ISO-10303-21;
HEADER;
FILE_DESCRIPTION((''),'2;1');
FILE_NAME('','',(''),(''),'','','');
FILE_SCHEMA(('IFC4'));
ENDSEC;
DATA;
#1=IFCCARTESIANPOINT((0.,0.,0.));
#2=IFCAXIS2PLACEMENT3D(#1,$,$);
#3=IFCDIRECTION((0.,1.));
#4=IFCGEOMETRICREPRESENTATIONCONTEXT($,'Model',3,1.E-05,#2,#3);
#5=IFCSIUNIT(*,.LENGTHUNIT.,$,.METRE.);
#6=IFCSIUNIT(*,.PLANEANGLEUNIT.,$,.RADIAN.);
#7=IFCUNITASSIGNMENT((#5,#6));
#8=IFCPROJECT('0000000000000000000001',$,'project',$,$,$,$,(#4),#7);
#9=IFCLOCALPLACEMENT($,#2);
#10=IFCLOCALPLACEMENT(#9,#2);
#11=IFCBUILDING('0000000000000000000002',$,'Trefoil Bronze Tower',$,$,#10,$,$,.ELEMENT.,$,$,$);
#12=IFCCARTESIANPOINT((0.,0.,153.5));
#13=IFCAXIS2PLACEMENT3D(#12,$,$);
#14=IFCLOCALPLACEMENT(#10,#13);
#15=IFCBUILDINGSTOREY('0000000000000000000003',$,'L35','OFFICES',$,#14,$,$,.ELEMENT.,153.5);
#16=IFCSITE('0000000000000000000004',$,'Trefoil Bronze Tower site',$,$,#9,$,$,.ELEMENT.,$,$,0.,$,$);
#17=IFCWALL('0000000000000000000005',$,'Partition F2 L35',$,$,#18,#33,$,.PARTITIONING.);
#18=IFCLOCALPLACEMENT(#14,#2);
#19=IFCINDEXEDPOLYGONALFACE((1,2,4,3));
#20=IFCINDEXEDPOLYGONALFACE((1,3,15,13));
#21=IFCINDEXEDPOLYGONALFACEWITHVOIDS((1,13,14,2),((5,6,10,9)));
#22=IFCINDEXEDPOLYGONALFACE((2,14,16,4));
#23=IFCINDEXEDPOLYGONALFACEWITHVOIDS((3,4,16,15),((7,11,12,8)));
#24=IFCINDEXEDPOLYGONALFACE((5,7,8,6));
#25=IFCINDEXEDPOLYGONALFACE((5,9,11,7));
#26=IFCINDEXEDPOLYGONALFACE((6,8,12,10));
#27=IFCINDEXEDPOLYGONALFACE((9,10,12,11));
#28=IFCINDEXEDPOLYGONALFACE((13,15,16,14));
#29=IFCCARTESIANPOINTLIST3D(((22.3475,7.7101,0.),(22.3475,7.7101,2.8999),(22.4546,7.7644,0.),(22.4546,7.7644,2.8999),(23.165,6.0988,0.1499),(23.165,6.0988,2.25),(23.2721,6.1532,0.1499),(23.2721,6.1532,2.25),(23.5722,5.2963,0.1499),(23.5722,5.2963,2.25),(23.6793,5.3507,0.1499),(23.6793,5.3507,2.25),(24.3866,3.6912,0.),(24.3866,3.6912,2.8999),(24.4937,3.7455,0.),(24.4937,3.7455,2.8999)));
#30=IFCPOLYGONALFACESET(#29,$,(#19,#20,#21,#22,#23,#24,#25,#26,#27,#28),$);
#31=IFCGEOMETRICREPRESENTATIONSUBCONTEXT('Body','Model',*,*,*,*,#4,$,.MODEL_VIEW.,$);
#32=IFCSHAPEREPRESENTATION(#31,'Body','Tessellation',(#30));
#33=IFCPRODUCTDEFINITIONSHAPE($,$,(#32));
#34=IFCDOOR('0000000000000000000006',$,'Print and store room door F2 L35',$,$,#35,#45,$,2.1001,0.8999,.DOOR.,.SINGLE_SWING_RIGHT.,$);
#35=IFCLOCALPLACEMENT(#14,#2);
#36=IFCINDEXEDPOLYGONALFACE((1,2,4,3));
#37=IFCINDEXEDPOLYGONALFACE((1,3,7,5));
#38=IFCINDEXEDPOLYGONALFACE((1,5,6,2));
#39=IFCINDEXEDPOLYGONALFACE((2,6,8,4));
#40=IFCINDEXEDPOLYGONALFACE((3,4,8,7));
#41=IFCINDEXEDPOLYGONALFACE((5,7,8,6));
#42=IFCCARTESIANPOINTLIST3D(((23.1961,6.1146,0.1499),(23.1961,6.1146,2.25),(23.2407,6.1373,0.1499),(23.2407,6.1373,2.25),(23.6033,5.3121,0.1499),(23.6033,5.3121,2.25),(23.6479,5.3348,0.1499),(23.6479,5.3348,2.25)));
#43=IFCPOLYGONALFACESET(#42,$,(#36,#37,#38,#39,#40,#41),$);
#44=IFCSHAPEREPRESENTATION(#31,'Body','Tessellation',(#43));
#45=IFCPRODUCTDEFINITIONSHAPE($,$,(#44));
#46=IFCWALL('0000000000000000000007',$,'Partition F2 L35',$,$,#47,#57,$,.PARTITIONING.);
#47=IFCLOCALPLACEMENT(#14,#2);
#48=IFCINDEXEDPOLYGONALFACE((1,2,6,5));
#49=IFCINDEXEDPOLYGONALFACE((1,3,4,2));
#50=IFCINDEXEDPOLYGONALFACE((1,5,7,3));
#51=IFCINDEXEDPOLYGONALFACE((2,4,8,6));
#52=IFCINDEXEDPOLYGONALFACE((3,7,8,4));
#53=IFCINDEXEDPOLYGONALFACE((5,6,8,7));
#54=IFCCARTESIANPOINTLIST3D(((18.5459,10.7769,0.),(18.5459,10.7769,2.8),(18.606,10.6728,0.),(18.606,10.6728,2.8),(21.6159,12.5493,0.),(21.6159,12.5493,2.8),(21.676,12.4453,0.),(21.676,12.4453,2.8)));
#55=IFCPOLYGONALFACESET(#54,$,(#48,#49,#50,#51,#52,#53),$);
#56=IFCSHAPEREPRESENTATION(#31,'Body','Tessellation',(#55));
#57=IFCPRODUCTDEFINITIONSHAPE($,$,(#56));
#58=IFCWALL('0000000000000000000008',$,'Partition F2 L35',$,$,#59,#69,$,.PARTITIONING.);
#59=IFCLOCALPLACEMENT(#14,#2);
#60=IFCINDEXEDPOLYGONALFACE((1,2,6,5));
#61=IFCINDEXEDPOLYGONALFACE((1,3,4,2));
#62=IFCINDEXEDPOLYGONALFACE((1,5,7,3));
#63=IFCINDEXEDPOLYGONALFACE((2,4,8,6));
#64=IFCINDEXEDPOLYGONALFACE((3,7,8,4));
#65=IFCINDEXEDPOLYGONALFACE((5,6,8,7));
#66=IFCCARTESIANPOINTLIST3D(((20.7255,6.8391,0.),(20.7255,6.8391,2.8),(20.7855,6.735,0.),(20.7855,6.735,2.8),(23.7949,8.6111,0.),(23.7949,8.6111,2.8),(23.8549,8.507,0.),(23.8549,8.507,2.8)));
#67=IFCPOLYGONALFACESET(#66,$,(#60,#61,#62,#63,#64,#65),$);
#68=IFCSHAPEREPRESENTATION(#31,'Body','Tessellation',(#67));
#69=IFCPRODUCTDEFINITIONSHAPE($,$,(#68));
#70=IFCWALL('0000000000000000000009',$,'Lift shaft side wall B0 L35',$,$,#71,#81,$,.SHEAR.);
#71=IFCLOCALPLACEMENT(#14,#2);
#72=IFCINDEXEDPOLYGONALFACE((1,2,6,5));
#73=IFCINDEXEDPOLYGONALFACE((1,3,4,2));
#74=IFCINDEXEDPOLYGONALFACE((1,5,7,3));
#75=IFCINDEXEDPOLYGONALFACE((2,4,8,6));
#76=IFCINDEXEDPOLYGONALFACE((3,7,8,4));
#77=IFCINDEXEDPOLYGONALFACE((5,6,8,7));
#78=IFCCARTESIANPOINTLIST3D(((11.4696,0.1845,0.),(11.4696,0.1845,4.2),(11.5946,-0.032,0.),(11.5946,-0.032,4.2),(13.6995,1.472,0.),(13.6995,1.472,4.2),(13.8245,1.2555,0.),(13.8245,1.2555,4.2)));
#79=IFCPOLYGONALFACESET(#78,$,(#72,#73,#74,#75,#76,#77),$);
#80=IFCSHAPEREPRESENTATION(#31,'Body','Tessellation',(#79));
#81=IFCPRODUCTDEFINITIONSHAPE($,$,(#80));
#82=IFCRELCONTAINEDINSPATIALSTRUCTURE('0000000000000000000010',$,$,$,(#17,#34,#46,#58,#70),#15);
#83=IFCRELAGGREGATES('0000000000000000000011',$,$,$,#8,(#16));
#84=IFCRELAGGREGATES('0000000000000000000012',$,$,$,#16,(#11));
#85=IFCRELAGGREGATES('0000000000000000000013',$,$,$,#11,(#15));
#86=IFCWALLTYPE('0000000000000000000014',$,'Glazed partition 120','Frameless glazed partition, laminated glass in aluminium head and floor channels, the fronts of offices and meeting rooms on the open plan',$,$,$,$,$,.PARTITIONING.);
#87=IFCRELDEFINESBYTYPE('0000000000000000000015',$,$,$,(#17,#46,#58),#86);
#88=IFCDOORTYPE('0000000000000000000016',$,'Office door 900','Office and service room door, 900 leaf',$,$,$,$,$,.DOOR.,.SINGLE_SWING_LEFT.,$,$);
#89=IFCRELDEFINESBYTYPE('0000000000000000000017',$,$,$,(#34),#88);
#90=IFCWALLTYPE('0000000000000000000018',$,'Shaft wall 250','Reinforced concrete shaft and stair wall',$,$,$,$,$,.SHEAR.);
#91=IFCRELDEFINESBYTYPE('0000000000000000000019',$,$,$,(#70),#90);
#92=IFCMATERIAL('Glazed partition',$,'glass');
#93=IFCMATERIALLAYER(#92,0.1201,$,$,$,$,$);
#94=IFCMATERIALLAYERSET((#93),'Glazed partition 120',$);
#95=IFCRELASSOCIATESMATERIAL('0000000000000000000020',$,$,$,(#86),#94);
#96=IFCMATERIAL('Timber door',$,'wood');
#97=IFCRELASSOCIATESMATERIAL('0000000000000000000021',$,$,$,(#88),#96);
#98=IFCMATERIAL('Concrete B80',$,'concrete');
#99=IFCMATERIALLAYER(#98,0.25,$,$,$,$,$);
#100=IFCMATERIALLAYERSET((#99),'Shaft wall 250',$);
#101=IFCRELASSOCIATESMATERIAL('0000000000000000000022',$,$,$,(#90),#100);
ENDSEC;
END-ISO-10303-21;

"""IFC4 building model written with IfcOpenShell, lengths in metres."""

from ifc_helpers import new_model, si_unit, direction, frame, frame_2d, origin, place, context, subcontext, project, spatial, rectangle, extrude, material, layer, layer_set, type_object, element, fill, save


model = new_model("IFC4")

# Units and contexts
model_context = context("Model", 3, precision=1e-05, world=origin(), true_north=direction((0.0, 1.0)))
body_context = subcontext(model_context, "Body", "Model", "MODEL_VIEW")
ifc_project = project(units=[si_unit("LENGTHUNIT", "METRE"), si_unit("PLANEANGLEUNIT", "RADIAN")], contexts=[model_context])

# Site, building, storey
site_placement = place(None, origin())
site = spatial("IfcSite", under=ifc_project, at=site_placement, Name="Trefoil Bronze Tower site", CompositionType="ELEMENT", RefElevation=0.0)
building_placement = place(site_placement, origin())
building = spatial("IfcBuilding", under=site, at=building_placement, Name="Trefoil Bronze Tower", CompositionType="ELEMENT")
storey_placement = place(building_placement, frame((0.0, 0.0, 153.5)))
storey = spatial("IfcBuildingStorey", under=building, at=storey_placement, Name="L35", Description="OFFICES", CompositionType="ELEMENT", Elevation=153.5)

# Shared definitions
ifc_material_1 = material(Name="Glazed partition", Category="glass")
ifc_layer_1 = layer(ifc_material_1, 0.1201)
ifc_layer_set_1 = layer_set([ifc_layer_1], Name="Glazed partition 120")
wall_type_1 = type_object("IfcWallType", Name="Glazed partition 120", Description="Frameless glazed partition, laminated glass in aluminium head and floor channels, the fronts of offices and meeting rooms on the open plan", PredefinedType="PARTITIONING", material=ifc_layer_set_1)

# Wall, opening, door
ifc_material_2 = material(Name="Timber door", Category="wood")
door_type_1 = type_object("IfcDoorType", Name="Office door 900", Description="Office and service room door, 900 leaf", OperationType="SINGLE_SWING_LEFT", PredefinedType="DOOR", material=ifc_material_2)
wall_1_placement = place(storey_placement, frame((24.4402, 3.7183, 0.0), z_axis=(0.0, 0.0, 1.0), x_axis=(-0.452472, 0.891779, 0.0)))
wall_1 = element("IfcWall", 1, at=wall_1_placement, inside=storey, type_object=wall_type_1, Name="Partition F2 L35", PredefinedType="PARTITIONING", context=body_context, shape_type="SweptSolid", body=[
    extrude(rectangle(XDim=4.5066, YDim=0.1201, at=frame_2d((2.2534, 0.0))), origin(), (0.0, 0.0, 1.0), 2.8999),
])
opening_1_placement = place(wall_1_placement, frame((1.8, 0.0, 0.1499)))
opening_1 = element("IfcOpeningElement", 2, at=opening_1_placement, cuts=wall_1, PredefinedType="OPENING", context=body_context, shape_type="SweptSolid", body=[
    extrude(rectangle(XDim=0.8999, YDim=2.1001, at=frame_2d((0.45, 1.05))), frame((0.0, 0.0701, 0.0), z_axis=(0.0, -1.0, 0.0), x_axis=(1.0, 0.0, 0.0)), (0.0, 0.0, 1.0), 0.1401),
])
door_1_placement = place(opening_1_placement, frame((0.8999, 0.0, 0.0), z_axis=(0.0, 0.0, 1.0), x_axis=(-1.0, 0.0, 0.0)))
door_1 = element("IfcDoor", 3, at=door_1_placement, inside=storey, type_object=door_type_1, Name="Print and store room door F2 L35", OperationType="SINGLE_SWING_RIGHT", OverallHeight=2.1001, OverallWidth=0.8999, PredefinedType="DOOR", context=body_context, shape_type="SweptSolid", body=[
    extrude(rectangle(XDim=0.8999, YDim=2.1001, at=frame_2d((0.45, 1.05))), frame((0.0, 0.0249, 0.0), z_axis=(0.0, -1.0, 0.0), x_axis=(1.0, 0.0, 0.0)), (0.0, 0.0, 1.0), 0.05),
])
fill(opening_1, door_1)

# Walls
wall_2_placement = place(storey_placement, frame((18.5759, 10.7249, 0.0), z_axis=(0.0, 0.0, 1.0), x_axis=(0.866031, 0.499991, 0.0)))
element("IfcWall", 4, at=wall_2_placement, inside=storey, type_object=wall_type_1, Name="Partition F2 L35", PredefinedType="PARTITIONING", context=body_context, shape_type="SweptSolid", body=[
    extrude(rectangle(XDim=3.5449, YDim=0.1201, at=frame_2d((1.7725, 0.0))), origin(), (0.0, 0.0, 1.0), 2.8),
])
wall_3_placement = place(storey_placement, frame((20.7556, 6.7871, 0.0), z_axis=(0.0, 0.0, 1.0), x_axis=(0.866039, 0.499977, 0.0)))
element("IfcWall", 5, at=wall_3_placement, inside=storey, type_object=wall_type_1, Name="Partition F2 L35", PredefinedType="PARTITIONING", context=body_context, shape_type="SweptSolid", body=[
    extrude(rectangle(XDim=3.5442, YDim=0.1201, at=frame_2d((1.772, 0.0))), origin(), (0.0, 0.0, 1.0), 2.8),
])
ifc_material_3 = material(Name="Concrete B80", Category="concrete")
ifc_layer_2 = layer(ifc_material_3, 0.25)
ifc_layer_set_2 = layer_set([ifc_layer_2], Name="Shaft wall 250")
wall_type_2 = type_object("IfcWallType", Name="Shaft wall 250", Description="Reinforced concrete shaft and stair wall", PredefinedType="SHEAR", material=ifc_layer_set_2)
wall_4_placement = place(storey_placement, frame((11.532, 0.0762, 0.0), z_axis=(0.0, 0.0, 1.0), x_axis=(0.866006, 0.500034, 0.0)))
element("IfcWall", 6, at=wall_4_placement, inside=storey, type_object=wall_type_2, Name="Lift shaft side wall B0 L35", PredefinedType="SHEAR", context=body_context, shape_type="SweptSolid", body=[
    extrude(rectangle(XDim=2.575, YDim=0.25, at=frame_2d((1.2876, 0.0))), origin(), (0.0, 0.0, 1.0), 4.2),
])

save(model, "model.ifc")
